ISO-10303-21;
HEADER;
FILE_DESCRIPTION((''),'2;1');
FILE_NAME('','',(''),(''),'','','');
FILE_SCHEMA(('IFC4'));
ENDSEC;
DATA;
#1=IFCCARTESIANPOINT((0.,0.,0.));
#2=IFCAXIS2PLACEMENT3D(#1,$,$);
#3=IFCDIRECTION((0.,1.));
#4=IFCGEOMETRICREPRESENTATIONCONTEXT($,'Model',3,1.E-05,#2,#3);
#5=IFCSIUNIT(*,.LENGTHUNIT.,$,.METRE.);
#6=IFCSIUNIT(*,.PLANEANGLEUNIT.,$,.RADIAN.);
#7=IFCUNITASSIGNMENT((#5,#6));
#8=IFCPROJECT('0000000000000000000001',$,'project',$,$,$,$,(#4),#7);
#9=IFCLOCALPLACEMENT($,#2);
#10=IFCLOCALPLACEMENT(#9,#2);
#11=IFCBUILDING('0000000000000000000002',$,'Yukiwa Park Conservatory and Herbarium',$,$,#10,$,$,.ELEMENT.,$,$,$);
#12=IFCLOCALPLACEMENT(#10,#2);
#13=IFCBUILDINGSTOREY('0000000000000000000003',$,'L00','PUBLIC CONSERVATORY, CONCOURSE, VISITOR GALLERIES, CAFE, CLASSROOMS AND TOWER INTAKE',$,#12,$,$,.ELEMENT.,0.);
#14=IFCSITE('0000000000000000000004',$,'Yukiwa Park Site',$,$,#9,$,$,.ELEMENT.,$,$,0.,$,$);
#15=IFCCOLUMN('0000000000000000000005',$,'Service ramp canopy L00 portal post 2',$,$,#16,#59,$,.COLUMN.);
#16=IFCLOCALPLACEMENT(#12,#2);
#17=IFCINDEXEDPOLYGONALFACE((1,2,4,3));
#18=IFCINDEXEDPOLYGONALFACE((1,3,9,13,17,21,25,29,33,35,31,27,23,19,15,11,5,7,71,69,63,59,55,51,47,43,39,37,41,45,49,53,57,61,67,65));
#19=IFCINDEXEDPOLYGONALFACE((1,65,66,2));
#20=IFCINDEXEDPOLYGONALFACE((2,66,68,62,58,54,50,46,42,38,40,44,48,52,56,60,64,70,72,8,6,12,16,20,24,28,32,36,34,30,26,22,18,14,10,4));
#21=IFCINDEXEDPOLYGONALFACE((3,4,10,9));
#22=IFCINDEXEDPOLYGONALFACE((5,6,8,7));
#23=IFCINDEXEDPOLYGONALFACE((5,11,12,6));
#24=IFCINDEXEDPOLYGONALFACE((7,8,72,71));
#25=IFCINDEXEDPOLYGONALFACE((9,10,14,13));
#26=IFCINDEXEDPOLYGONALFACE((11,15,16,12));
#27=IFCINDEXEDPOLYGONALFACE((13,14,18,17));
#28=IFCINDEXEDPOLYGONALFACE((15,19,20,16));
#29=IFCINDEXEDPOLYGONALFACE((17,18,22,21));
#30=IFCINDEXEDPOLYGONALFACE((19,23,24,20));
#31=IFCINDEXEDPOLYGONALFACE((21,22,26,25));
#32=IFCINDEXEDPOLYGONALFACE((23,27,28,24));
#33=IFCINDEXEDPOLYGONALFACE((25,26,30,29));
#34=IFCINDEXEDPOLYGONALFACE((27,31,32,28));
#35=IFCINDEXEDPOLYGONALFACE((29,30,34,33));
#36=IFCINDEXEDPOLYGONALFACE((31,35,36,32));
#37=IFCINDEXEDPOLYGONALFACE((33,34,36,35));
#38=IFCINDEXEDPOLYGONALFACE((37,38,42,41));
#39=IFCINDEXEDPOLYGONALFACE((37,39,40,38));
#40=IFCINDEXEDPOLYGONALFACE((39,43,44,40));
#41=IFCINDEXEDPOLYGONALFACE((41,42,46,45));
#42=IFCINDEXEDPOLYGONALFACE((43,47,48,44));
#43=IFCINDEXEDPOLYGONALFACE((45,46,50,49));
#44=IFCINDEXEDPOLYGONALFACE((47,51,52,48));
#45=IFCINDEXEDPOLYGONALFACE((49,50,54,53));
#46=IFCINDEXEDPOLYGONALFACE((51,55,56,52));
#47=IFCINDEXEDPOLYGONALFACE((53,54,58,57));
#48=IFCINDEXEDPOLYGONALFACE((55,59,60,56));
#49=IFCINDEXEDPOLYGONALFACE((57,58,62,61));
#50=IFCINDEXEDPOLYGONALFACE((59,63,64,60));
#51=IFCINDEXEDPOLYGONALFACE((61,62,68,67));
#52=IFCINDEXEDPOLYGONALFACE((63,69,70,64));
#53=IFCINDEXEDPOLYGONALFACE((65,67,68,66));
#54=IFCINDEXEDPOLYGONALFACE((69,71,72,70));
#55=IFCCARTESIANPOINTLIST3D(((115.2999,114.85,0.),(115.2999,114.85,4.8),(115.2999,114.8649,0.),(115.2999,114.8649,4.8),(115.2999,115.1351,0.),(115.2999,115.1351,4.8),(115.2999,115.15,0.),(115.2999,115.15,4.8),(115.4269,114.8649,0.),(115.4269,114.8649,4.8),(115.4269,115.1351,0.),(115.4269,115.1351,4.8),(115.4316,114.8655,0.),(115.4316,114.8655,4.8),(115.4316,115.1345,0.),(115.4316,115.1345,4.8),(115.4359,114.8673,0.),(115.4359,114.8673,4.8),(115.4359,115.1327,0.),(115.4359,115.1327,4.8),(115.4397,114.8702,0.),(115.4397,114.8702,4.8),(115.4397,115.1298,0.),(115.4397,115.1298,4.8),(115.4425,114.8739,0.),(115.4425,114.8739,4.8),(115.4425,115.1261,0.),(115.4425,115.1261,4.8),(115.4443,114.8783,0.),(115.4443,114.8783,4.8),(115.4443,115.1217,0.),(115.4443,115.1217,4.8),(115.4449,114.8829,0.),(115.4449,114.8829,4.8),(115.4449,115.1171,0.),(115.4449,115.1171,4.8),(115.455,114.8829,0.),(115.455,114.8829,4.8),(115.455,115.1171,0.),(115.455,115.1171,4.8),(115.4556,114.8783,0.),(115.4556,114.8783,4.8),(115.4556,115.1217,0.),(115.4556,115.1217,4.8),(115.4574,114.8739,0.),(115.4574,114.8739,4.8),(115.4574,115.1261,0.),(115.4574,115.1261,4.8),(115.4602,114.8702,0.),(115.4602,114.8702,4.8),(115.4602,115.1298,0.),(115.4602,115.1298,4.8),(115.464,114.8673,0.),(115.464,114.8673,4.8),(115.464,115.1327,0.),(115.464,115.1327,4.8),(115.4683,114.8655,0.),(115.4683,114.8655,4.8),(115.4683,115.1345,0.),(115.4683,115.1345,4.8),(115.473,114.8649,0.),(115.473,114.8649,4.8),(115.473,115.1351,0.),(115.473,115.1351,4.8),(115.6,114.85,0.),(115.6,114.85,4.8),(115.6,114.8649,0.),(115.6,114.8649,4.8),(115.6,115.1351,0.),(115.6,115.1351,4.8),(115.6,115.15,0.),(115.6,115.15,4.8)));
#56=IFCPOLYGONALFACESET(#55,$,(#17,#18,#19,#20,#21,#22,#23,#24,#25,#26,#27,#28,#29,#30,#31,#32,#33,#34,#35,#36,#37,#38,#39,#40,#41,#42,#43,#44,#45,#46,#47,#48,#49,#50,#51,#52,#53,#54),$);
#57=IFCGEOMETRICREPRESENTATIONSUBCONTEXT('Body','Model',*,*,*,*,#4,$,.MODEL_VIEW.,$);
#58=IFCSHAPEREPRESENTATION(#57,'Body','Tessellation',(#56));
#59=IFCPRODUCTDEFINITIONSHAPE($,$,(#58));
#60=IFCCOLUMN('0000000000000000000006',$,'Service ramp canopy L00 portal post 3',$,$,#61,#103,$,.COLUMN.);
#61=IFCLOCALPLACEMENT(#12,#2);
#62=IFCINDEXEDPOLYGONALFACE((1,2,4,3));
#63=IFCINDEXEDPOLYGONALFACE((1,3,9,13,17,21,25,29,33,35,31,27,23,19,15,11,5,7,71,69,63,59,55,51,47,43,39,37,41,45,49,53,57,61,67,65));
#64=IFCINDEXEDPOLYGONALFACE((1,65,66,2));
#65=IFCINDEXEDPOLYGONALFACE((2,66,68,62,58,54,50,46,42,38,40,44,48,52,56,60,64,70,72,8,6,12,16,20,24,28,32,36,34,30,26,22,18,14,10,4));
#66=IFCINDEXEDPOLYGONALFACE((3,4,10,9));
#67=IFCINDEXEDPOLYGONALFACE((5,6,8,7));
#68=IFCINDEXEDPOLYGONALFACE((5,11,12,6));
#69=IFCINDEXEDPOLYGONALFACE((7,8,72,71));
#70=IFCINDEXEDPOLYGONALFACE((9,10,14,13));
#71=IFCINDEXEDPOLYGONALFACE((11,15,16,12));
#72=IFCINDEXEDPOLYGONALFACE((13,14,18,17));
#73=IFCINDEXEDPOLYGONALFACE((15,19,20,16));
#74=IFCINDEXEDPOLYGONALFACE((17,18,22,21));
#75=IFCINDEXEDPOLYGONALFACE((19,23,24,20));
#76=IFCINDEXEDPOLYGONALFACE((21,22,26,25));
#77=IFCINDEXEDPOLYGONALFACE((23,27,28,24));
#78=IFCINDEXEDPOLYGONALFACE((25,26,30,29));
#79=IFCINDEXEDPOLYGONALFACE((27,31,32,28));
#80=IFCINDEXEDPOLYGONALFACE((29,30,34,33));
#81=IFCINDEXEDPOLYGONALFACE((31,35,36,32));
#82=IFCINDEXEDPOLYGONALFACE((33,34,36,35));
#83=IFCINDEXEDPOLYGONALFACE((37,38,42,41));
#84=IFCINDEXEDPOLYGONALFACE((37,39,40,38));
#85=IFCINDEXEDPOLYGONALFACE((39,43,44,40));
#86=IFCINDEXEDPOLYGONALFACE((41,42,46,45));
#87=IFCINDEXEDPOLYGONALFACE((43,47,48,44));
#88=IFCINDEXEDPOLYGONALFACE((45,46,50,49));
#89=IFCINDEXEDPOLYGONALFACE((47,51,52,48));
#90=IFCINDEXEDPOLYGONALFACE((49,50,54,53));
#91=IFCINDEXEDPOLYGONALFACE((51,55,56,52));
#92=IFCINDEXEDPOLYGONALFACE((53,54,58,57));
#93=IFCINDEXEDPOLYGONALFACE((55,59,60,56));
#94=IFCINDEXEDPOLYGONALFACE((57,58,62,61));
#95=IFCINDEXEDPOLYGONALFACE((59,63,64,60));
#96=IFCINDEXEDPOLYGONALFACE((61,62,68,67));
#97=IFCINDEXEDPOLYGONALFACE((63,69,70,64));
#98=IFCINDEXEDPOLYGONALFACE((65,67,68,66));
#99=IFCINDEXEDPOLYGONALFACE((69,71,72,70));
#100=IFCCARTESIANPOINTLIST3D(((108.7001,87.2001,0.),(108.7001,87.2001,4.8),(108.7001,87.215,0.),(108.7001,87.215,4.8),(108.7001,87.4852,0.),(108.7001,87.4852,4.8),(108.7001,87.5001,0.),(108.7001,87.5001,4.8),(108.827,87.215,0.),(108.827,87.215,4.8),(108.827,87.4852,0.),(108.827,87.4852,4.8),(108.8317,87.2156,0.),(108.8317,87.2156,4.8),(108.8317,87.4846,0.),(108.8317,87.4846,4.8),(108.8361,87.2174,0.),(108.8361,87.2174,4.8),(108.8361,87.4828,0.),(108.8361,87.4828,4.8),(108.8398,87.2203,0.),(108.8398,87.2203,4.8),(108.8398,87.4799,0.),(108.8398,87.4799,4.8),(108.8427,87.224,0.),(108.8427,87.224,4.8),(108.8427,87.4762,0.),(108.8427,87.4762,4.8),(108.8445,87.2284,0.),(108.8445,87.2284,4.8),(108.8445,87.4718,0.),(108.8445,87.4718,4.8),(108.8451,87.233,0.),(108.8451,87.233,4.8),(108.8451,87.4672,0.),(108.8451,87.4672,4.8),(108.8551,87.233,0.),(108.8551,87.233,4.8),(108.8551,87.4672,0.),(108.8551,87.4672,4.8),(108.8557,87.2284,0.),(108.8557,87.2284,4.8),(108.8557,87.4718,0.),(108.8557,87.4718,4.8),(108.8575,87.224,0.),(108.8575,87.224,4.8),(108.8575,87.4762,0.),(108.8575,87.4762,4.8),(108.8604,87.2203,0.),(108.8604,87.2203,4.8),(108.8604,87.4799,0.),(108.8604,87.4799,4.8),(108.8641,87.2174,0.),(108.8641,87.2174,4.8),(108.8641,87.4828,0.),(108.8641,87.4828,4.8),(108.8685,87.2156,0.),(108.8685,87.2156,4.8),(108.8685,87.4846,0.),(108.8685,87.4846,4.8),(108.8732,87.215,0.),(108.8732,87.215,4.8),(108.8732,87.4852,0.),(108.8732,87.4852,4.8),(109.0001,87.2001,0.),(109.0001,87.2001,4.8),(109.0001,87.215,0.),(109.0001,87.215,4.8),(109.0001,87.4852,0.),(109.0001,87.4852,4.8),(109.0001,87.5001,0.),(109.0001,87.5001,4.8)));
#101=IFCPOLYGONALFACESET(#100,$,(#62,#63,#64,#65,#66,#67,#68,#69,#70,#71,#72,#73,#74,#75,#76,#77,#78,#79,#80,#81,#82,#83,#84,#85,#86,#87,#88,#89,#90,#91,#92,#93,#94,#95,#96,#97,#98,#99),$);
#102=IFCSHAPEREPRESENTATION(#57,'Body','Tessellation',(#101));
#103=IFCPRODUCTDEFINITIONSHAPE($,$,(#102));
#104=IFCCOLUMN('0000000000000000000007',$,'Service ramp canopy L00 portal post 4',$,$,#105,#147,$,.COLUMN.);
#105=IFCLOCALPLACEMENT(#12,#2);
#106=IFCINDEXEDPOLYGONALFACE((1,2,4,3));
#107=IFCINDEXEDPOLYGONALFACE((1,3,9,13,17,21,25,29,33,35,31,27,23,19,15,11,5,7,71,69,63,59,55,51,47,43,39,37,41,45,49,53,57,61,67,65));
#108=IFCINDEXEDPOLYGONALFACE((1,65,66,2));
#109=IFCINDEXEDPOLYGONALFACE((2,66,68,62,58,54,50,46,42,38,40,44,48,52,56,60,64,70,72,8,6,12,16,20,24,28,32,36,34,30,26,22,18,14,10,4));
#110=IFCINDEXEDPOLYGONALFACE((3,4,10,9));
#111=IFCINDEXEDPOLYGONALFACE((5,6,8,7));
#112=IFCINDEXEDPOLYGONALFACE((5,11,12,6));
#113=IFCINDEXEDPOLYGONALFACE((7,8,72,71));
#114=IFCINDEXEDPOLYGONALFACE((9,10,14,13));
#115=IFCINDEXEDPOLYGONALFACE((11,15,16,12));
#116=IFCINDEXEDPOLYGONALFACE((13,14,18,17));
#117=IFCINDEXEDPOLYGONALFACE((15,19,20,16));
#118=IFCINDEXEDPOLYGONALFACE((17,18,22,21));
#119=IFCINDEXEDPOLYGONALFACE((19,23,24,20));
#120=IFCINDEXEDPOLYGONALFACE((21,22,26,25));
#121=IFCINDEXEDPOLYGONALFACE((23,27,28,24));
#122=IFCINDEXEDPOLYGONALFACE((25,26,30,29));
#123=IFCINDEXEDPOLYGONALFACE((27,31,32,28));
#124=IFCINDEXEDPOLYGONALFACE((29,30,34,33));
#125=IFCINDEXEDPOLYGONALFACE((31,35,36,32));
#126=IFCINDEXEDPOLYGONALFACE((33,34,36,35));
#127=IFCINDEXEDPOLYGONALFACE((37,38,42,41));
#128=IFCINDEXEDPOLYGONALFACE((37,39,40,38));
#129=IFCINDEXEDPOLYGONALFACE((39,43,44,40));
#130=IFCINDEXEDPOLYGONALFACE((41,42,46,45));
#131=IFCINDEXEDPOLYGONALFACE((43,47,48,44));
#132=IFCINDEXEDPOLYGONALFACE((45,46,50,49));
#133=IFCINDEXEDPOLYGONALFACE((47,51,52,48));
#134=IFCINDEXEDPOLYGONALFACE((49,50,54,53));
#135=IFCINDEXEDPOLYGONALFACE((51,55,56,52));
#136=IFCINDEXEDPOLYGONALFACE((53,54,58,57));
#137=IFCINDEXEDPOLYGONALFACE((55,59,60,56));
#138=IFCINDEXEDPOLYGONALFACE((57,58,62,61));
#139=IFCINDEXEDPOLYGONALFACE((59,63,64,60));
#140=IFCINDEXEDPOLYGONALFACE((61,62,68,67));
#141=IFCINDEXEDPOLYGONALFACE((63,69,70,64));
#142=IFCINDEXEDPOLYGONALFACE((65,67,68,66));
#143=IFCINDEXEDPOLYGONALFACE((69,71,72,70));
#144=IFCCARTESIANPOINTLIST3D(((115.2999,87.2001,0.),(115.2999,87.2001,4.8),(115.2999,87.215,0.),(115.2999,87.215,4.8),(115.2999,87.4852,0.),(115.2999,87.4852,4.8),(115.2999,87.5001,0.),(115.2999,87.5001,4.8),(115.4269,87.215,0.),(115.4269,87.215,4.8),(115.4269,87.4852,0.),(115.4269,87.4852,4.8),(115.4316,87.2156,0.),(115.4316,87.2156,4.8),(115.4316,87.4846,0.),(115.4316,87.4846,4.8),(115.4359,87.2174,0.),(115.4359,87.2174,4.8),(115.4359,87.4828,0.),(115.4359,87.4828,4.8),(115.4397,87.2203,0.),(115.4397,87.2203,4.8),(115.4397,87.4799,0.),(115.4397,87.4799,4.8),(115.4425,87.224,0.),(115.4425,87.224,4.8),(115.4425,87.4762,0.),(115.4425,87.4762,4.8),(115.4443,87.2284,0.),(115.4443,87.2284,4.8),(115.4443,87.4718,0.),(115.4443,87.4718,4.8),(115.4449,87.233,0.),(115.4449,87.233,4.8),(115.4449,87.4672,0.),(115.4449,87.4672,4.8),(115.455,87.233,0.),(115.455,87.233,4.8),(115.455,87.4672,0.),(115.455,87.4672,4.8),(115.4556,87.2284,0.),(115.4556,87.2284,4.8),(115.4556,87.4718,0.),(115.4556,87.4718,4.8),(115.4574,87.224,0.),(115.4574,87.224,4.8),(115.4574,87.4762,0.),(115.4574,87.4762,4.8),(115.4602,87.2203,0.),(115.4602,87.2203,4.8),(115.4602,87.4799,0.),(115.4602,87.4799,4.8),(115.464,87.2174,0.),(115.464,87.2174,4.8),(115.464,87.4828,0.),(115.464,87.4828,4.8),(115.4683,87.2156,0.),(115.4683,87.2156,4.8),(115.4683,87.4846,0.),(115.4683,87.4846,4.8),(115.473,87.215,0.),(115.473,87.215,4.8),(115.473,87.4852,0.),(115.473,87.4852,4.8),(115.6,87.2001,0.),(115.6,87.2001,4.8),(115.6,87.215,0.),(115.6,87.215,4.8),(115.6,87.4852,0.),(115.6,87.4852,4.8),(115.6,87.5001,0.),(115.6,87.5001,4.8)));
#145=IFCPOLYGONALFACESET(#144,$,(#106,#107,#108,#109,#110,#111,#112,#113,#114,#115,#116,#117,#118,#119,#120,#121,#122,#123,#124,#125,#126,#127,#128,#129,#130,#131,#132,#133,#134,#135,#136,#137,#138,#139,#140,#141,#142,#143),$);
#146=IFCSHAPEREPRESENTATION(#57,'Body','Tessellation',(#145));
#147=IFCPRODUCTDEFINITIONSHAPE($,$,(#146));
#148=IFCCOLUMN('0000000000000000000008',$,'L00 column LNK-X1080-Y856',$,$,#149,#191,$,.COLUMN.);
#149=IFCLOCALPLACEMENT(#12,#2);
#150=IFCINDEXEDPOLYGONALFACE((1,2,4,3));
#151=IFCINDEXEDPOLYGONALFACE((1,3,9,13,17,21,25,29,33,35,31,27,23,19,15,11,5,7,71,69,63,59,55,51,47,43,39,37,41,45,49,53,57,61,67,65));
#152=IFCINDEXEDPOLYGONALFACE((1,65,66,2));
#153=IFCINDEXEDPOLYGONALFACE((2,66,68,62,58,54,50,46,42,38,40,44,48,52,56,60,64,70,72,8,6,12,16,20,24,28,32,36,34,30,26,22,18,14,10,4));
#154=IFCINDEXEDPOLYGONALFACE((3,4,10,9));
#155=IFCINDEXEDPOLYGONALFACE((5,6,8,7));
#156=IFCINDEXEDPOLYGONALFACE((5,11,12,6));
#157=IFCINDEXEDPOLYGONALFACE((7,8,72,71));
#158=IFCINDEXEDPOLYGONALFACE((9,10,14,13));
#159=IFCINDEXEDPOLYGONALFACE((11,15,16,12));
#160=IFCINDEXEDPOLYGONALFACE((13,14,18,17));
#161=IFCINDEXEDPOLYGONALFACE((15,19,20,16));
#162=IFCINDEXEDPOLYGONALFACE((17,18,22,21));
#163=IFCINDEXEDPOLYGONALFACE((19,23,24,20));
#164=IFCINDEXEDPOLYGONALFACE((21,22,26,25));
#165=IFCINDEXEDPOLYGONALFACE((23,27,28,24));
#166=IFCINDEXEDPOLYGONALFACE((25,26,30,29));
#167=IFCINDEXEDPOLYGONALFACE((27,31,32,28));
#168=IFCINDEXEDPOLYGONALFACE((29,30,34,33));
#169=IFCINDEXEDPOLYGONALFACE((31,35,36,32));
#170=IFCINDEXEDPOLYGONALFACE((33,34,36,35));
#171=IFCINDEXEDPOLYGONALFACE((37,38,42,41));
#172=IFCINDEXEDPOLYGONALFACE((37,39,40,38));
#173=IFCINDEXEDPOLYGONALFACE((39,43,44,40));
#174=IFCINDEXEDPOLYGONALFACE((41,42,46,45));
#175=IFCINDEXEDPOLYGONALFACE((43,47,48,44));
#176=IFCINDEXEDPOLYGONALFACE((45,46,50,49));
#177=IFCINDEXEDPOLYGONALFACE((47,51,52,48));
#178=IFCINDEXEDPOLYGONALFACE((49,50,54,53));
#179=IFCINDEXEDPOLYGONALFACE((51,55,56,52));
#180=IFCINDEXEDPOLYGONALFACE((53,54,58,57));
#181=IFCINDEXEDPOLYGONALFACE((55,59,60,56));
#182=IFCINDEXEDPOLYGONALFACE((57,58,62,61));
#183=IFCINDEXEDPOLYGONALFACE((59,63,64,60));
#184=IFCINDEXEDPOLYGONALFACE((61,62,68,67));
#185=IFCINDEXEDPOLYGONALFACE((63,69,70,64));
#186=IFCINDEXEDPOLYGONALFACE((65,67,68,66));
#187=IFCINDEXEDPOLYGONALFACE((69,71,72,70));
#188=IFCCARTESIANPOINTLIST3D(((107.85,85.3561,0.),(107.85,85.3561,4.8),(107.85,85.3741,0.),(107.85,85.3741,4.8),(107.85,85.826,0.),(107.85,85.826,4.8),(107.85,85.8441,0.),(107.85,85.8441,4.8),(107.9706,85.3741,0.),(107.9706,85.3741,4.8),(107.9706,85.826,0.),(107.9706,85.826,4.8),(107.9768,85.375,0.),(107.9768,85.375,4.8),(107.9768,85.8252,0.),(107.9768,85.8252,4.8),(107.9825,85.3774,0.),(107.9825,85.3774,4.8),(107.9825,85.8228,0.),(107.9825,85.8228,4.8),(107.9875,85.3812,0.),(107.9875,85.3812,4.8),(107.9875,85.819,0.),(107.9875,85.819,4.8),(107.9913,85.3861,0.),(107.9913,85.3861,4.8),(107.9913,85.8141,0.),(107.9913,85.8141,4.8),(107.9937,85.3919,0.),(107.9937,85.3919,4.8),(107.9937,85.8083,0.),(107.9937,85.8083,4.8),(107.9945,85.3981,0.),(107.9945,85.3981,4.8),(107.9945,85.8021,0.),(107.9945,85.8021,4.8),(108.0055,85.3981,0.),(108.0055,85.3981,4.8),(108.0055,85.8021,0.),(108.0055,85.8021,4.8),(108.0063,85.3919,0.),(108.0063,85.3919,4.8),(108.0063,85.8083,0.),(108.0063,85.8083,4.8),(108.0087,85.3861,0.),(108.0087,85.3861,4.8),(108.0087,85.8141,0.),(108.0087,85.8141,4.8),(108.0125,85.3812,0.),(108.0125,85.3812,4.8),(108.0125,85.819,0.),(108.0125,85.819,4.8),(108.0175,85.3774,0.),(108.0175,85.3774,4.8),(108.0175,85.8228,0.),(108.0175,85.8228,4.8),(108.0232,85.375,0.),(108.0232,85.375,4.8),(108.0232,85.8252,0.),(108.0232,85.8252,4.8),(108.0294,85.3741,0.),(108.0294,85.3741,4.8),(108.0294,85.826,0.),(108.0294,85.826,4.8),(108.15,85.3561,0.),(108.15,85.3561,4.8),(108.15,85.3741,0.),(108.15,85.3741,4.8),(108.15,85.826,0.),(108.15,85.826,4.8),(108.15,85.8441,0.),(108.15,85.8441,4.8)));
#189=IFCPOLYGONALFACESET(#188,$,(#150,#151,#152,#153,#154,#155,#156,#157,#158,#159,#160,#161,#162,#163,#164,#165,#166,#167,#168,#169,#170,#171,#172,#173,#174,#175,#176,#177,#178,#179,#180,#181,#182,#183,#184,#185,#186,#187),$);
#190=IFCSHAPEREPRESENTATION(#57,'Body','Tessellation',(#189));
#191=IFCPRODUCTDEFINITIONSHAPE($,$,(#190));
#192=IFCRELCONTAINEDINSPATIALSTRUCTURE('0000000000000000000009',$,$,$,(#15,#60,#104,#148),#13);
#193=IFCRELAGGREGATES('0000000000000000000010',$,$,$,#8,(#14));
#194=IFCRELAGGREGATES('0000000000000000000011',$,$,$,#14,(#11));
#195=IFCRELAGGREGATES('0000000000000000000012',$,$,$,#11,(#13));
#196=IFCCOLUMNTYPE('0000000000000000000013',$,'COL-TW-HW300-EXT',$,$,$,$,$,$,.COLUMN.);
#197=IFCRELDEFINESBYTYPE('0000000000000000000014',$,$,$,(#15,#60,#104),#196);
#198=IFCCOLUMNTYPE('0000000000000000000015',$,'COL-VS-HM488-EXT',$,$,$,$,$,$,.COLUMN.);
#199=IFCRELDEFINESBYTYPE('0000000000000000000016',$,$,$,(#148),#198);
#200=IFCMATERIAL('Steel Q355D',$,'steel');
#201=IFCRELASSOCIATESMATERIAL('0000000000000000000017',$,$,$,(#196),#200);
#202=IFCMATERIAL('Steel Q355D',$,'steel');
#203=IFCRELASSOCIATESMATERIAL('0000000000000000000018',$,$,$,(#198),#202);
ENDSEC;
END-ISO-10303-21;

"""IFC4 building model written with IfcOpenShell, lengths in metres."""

from ifc_helpers import new_model, si_unit, direction, frame, origin, origin_2d, place, context, subcontext, project, spatial, i_section, extrude, material, material_profile, profile_set, type_object, element, save


model = new_model("IFC4")

# Units and contexts
model_context = context("Model", 3, precision=1e-05, world=origin(), true_north=direction((0.0, 1.0)))
body_context = subcontext(model_context, "Body", "Model", "MODEL_VIEW")
ifc_project = project(units=[si_unit("LENGTHUNIT", "METRE"), si_unit("PLANEANGLEUNIT", "RADIAN")], contexts=[model_context])

# Site, building, storey
site_placement = place(None, origin())
site = spatial("IfcSite", under=ifc_project, at=site_placement, Name="Yukiwa Park Site", CompositionType="ELEMENT", RefElevation=0.0)
building_placement = place(site_placement, origin())
building = spatial("IfcBuilding", under=site, at=building_placement, Name="Yukiwa Park Conservatory and Herbarium", CompositionType="ELEMENT")
storey_placement = place(building_placement, origin())
storey = spatial("IfcBuildingStorey", under=building, at=storey_placement, Name="L00", Description="PUBLIC CONSERVATORY, CONCOURSE, VISITOR GALLERIES, CAFE, CLASSROOMS AND TOWER INTAKE", CompositionType="ELEMENT", Elevation=0.0)

# Columns
ifc_material_1 = material(Name="Steel Q355D", Category="steel")
ifc_material_profile_1 = material_profile(ifc_material_1, i_section(OverallWidth=0.3, OverallDepth=0.3, WebThickness=0.01, FlangeThickness=0.0149, FilletRadius=0.0181, at=origin_2d()), Name="HW 300x300x10x15")
ifc_profile_set_1 = profile_set([ifc_material_profile_1], Name="Steel Q355D")
column_type_1 = type_object("IfcColumnType", Name="COL-TW-HW300-EXT", PredefinedType="COLUMN", material=ifc_profile_set_1)
for number, where, z_axis, x_axis, name in (
    (1, (115.45, 115.0, 0.0), (0.0, 0.0, 1.0), (1.0, 0.0, 0.0), "Service ramp canopy L00 portal post 2"),
    (2, (108.8501, 87.3501, 0.0), (0.0, 0.0, 1.0), (1.0, 0.0, 0.0), "Service ramp canopy L00 portal post 3"),
    (3, (115.45, 87.3501, 0.0), (0.0, 0.0, 1.0), (1.0, 0.0, 0.0), "Service ramp canopy L00 portal post 4"),
):
    element("IfcColumn", number, at=place(storey_placement, frame(where, z_axis=z_axis, x_axis=x_axis)), inside=storey, type_object=column_type_1, Name=name, PredefinedType="COLUMN", context=body_context, shape_type="SweptSolid", body=[
        extrude(i_section(OverallWidth=0.3, OverallDepth=0.3, WebThickness=0.01, FlangeThickness=0.0149, FilletRadius=0.0181, at=origin_2d()), origin(), (0.0, 0.0, 1.0), 4.8),
    ])
ifc_material_2 = material(Name="Steel Q355D", Category="steel")
ifc_material_profile_2 = material_profile(ifc_material_2, i_section(OverallWidth=0.3, OverallDepth=0.488, WebThickness=0.011, FlangeThickness=0.0181, FilletRadius=0.0239, at=origin_2d()), Name="HM 488x300x11x18")
ifc_profile_set_2 = profile_set([ifc_material_profile_2], Name="Steel Q355D")
column_type_2 = type_object("IfcColumnType", Name="COL-VS-HM488-EXT", PredefinedType="COLUMN", material=ifc_profile_set_2)
for number, where, z_axis, x_axis, name in (
    (4, (108.0, 85.6001, 0.0), (0.0, 0.0, 1.0), (1.0, 0.0, 0.0), "L00 column LNK-X1080-Y856"),
):
    element("IfcColumn", number, at=place(storey_placement, frame(where, z_axis=z_axis, x_axis=x_axis)), inside=storey, type_object=column_type_2, Name=name, PredefinedType="COLUMN", context=body_context, shape_type="SweptSolid", body=[
        extrude(i_section(OverallWidth=0.3, OverallDepth=0.488, WebThickness=0.011, FlangeThickness=0.0181, FilletRadius=0.0239, at=origin_2d()), origin(), (0.0, 0.0, 1.0), 4.8),
    ])

save(model, "model.ifc")
